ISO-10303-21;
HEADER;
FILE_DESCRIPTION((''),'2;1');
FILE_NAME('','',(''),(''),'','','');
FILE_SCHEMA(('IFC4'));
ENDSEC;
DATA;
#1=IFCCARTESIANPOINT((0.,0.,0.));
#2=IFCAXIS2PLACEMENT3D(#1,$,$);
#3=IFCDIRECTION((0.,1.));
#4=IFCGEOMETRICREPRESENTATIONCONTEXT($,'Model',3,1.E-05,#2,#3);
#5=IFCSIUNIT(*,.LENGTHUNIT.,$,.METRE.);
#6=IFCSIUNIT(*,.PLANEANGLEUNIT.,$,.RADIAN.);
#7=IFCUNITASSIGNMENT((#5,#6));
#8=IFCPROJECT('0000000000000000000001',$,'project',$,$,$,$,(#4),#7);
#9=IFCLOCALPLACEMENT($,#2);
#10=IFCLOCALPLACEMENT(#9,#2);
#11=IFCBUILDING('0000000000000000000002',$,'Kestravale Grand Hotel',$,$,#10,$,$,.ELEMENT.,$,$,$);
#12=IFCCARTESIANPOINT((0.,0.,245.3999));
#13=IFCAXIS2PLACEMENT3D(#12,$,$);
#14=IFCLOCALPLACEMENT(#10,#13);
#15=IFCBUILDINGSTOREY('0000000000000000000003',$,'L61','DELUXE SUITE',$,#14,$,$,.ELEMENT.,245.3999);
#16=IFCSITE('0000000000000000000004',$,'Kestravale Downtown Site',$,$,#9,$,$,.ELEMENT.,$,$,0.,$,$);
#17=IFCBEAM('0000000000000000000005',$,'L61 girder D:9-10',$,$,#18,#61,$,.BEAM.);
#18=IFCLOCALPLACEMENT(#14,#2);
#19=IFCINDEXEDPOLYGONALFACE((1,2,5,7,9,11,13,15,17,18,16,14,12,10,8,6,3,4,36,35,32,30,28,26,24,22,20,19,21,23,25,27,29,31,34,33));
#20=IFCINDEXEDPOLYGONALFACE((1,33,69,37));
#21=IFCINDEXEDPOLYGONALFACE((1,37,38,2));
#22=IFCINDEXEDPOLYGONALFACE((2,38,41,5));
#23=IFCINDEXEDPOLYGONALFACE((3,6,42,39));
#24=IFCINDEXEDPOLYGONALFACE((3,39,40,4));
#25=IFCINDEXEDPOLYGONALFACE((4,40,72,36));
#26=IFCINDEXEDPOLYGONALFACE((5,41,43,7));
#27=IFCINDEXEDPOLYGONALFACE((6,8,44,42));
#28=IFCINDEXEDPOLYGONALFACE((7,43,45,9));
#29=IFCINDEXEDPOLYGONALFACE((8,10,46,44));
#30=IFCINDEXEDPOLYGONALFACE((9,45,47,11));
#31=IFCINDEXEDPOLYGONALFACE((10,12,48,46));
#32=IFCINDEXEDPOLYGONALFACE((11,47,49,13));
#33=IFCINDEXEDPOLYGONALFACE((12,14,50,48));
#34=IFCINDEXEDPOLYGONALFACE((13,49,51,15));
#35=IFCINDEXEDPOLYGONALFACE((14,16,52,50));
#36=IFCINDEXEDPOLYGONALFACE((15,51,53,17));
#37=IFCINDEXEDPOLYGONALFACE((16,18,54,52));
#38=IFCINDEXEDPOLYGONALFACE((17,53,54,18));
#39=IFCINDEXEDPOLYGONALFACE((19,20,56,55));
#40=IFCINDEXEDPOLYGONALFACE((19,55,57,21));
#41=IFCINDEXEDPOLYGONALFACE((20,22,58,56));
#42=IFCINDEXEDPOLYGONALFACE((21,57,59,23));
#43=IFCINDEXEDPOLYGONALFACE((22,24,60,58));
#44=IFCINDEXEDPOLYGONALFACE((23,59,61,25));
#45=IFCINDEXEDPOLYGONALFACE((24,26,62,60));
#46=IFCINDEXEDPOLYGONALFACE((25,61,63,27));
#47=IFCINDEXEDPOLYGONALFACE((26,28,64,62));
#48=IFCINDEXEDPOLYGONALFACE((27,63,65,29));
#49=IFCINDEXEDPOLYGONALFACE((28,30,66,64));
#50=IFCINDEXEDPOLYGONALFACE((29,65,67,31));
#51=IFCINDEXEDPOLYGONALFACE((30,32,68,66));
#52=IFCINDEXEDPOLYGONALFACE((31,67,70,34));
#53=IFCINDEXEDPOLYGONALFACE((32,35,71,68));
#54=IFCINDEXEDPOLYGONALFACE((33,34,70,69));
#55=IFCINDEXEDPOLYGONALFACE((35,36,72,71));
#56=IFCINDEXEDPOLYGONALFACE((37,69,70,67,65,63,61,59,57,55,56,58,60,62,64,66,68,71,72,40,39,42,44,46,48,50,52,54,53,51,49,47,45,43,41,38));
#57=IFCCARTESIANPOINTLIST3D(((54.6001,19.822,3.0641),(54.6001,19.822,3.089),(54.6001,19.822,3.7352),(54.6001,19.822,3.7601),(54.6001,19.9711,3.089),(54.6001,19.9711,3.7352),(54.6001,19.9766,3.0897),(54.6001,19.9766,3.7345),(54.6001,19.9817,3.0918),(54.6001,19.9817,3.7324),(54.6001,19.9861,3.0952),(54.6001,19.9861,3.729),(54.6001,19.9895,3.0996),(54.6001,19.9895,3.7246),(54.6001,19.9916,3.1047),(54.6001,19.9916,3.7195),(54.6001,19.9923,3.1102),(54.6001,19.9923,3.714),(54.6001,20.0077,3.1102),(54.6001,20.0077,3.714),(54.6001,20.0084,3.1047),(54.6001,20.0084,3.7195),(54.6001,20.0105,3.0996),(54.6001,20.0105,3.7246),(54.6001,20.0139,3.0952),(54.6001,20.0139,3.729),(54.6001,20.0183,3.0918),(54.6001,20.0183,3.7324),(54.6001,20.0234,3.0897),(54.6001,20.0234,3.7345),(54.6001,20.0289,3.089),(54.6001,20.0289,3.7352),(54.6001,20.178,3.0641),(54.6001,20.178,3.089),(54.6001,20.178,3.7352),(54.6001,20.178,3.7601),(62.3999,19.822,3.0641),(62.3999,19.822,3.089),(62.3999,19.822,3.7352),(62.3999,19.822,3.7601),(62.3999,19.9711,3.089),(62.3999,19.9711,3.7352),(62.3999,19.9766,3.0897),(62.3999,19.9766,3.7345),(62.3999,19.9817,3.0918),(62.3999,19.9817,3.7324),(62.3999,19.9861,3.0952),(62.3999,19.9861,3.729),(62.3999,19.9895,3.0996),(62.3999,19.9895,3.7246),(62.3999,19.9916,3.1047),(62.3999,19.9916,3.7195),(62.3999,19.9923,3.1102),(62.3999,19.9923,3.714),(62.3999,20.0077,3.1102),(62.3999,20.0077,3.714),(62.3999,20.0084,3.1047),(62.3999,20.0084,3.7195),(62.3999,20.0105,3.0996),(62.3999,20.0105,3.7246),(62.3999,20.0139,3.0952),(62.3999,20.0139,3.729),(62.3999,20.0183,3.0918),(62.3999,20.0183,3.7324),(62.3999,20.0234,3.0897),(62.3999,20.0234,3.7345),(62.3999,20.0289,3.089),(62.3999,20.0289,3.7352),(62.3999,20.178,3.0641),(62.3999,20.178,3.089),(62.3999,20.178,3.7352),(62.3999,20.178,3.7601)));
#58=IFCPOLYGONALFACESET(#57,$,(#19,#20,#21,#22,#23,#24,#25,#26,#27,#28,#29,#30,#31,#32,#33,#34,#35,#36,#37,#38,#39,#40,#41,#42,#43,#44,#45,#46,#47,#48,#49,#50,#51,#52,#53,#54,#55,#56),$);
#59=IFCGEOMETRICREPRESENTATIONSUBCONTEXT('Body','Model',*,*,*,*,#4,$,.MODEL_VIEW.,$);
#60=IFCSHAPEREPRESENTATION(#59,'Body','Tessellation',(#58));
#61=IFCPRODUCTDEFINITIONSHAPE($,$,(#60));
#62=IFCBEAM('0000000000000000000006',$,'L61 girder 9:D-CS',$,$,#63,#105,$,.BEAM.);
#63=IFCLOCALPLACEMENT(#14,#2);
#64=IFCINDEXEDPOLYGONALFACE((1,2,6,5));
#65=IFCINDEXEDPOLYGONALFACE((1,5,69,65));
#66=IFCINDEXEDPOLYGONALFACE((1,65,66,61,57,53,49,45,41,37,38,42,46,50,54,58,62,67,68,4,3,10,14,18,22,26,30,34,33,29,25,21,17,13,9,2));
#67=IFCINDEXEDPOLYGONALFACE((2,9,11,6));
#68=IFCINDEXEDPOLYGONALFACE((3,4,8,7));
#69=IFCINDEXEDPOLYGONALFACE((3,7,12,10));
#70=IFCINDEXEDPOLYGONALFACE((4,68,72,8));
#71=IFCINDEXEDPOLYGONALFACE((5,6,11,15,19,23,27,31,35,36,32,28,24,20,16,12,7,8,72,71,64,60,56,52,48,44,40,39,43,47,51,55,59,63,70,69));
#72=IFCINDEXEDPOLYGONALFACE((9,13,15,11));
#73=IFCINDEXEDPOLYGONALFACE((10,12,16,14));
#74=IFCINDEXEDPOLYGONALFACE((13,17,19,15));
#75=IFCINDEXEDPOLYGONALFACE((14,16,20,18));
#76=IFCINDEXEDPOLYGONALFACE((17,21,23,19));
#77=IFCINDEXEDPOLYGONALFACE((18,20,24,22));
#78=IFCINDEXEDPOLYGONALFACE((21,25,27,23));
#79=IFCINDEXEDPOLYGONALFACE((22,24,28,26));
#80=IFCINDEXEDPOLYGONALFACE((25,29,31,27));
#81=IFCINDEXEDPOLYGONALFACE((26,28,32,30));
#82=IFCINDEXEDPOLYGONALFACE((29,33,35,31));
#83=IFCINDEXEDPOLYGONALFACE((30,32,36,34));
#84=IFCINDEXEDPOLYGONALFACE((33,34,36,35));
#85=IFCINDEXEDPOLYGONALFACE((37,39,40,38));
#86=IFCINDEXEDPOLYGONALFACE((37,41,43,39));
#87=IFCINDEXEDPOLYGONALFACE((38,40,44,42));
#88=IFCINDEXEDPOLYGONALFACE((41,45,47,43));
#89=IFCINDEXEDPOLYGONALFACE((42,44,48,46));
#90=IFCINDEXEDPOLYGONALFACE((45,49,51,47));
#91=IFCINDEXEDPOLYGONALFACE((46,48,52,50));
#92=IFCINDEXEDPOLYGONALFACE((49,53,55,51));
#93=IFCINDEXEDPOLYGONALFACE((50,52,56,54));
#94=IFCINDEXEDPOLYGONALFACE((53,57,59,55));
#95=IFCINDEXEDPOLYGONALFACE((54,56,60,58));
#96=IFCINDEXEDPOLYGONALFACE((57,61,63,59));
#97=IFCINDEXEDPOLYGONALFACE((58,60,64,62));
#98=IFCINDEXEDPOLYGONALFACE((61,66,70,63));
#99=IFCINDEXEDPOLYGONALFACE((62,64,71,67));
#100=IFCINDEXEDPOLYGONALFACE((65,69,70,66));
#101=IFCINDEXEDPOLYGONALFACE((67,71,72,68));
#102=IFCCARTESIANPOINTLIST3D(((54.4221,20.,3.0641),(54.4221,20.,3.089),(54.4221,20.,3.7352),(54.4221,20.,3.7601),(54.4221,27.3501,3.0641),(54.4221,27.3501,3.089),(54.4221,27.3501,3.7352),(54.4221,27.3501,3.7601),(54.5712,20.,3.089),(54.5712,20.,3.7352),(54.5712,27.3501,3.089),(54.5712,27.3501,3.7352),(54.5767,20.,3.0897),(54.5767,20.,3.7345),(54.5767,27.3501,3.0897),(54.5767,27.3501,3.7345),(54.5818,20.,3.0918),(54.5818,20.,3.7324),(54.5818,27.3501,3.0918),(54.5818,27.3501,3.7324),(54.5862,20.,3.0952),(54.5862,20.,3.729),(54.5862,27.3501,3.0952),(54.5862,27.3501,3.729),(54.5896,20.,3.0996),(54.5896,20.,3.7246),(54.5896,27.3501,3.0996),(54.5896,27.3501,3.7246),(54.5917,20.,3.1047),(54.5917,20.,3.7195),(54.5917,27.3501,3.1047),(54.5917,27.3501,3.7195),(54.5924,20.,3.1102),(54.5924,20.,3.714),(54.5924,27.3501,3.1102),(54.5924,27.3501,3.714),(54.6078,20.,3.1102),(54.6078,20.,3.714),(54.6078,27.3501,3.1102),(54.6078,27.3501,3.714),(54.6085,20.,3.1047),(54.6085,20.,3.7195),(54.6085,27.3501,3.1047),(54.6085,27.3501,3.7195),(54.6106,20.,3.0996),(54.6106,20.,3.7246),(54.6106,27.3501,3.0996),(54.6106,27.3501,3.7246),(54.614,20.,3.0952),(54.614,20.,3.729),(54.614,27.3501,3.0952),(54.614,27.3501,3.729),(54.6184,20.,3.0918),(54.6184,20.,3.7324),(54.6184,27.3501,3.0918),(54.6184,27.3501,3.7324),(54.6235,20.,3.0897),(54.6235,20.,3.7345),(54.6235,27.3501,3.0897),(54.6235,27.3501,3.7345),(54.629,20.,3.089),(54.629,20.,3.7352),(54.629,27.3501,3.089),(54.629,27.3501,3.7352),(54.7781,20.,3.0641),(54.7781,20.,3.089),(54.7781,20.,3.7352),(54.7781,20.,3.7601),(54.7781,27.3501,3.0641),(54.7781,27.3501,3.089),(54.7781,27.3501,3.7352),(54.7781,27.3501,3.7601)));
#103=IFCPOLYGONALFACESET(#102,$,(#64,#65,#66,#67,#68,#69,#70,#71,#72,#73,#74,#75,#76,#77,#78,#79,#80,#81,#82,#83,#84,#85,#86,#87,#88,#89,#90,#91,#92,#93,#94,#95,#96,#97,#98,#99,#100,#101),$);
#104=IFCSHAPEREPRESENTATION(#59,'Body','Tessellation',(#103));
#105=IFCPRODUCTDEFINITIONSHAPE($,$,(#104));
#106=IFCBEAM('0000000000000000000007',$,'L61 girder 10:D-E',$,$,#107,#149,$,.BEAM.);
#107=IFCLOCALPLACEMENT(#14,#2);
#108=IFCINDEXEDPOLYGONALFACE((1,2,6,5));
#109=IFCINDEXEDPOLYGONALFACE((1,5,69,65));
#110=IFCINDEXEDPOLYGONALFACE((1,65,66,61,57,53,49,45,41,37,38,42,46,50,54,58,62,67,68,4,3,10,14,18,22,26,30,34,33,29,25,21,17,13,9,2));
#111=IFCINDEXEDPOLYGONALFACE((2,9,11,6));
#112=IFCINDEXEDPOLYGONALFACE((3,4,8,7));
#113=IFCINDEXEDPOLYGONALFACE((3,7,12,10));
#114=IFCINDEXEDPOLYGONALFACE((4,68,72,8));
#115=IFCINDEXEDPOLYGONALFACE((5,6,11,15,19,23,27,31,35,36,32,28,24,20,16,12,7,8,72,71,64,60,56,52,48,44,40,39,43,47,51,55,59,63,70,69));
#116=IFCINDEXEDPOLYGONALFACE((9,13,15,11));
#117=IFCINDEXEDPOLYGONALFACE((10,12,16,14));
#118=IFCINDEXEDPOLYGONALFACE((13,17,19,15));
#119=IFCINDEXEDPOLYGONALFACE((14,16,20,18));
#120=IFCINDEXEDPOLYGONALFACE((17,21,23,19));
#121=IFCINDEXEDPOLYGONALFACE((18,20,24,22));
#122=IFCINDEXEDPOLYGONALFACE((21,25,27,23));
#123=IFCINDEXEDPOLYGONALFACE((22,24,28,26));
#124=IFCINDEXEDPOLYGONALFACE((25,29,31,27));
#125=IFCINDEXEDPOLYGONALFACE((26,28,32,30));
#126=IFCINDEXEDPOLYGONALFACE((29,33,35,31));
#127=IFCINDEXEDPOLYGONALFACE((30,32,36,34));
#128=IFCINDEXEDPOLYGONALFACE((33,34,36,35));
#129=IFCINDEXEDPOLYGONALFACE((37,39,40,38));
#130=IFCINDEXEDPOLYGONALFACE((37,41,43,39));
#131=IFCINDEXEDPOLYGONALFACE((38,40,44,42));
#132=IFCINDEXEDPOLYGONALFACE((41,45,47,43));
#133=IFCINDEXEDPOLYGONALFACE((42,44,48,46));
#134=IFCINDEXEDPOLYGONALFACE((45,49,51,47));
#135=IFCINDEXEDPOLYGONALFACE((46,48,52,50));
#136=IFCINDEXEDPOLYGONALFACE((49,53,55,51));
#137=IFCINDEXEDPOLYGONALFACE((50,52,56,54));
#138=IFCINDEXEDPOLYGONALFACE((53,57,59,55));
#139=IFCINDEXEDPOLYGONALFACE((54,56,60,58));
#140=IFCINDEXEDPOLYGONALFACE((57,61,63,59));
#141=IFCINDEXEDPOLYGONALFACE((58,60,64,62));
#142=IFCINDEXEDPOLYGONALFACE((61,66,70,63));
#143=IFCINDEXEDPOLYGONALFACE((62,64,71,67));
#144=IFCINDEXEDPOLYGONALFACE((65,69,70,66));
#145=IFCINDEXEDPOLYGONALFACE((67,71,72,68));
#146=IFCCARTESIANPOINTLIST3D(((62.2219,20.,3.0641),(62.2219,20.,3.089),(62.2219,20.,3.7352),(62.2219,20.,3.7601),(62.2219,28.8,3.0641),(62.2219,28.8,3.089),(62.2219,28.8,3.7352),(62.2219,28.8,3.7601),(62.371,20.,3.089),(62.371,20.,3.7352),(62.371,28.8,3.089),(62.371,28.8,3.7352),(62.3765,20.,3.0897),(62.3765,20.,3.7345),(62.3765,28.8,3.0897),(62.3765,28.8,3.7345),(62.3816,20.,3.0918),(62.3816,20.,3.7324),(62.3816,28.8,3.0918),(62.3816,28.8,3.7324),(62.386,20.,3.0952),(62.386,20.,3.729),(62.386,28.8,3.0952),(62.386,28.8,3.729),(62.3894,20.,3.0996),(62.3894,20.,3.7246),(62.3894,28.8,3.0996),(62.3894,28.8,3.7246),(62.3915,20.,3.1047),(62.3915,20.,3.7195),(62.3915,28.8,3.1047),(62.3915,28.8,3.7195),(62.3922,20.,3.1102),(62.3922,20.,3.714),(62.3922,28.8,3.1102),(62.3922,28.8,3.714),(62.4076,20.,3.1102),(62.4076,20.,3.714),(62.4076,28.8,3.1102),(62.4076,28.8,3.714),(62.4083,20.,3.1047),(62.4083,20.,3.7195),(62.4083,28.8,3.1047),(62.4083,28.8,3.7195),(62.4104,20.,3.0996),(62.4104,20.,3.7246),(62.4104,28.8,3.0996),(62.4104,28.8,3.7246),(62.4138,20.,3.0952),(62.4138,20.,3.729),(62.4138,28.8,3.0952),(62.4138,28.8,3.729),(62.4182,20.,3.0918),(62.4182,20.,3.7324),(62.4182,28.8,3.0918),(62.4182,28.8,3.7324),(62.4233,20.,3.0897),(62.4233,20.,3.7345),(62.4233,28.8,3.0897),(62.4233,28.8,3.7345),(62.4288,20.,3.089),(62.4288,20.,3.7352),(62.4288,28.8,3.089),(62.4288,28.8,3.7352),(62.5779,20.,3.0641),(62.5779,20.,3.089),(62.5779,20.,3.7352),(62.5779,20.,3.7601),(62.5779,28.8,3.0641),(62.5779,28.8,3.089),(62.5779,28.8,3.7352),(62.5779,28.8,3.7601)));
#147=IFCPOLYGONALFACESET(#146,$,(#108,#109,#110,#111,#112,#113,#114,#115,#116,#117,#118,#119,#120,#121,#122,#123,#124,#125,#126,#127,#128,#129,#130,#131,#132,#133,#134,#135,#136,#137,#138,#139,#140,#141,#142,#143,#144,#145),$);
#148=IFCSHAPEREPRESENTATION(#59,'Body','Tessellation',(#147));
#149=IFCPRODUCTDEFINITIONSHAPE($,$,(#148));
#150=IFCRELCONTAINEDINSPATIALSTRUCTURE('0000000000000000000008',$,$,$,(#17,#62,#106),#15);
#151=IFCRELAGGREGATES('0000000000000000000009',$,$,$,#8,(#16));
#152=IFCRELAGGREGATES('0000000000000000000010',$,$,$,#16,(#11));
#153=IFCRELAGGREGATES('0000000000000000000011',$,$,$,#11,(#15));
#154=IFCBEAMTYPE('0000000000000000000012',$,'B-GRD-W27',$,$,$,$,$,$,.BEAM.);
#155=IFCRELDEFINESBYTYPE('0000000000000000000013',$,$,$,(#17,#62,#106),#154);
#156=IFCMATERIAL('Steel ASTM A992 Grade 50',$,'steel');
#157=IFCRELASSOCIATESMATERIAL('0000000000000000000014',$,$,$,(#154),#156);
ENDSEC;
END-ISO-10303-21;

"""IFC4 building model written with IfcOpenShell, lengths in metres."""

from ifc_helpers import new_model, si_unit, direction, frame, origin, origin_2d, place, context, subcontext, project, spatial, i_section, extrude, material, material_profile, profile_set, type_object, element, save


model = new_model("IFC4")

# Units and contexts
model_context = context("Model", 3, precision=1e-05, world=origin(), true_north=direction((0.0, 1.0)))
body_context = subcontext(model_context, "Body", "Model", "MODEL_VIEW")
ifc_project = project(units=[si_unit("LENGTHUNIT", "METRE"), si_unit("PLANEANGLEUNIT", "RADIAN")], contexts=[model_context])

# Site, building, storey
site_placement = place(None, origin())
site = spatial("IfcSite", under=ifc_project, at=site_placement, Name="Kestravale Downtown Site", CompositionType="ELEMENT", RefElevation=0.0)
building_placement = place(site_placement, origin())
building = spatial("IfcBuilding", under=site, at=building_placement, Name="Kestravale Grand Hotel", CompositionType="ELEMENT")
storey_placement = place(building_placement, frame((0.0, 0.0, 245.3999)))
storey = spatial("IfcBuildingStorey", under=building, at=storey_placement, Name="L61", Description="DELUXE SUITE", CompositionType="ELEMENT", Elevation=245.3999)

# Beams
ifc_material_1 = material(Name="Steel ASTM A992 Grade 50", Category="steel")
ifc_material_profile_1 = material_profile(ifc_material_1, i_section(OverallWidth=0.356, OverallDepth=0.696, WebThickness=0.0154, FlangeThickness=0.0249, FilletRadius=0.0212, at=origin_2d()))
ifc_profile_set_1 = profile_set([ifc_material_profile_1], Name="Steel ASTM A992 Grade 50")
beam_type_1 = type_object("IfcBeamType", Name="B-GRD-W27", PredefinedType="BEAM", material=ifc_profile_set_1)
beam_1_placement = place(storey_placement, frame((54.6001, 20.0, 3.4121), z_axis=(1.0, 0.0, 0.0), x_axis=(0.0, 1.0, 0.0)))
element("IfcBeam", 1, at=beam_1_placement, inside=storey, type_object=beam_type_1, Name="L61 girder D:9-10", PredefinedType="BEAM", context=body_context, shape_type="SweptSolid", body=[
    extrude(i_section(OverallWidth=0.356, OverallDepth=0.696, WebThickness=0.0154, FlangeThickness=0.0249, FilletRadius=0.0212, at=origin_2d()), origin(), (0.0, 0.0, 1.0), 7.7998),
])
beam_2_placement = place(storey_placement, frame((54.6001, 20.0, 3.4121), z_axis=(0.0, 1.0, 0.0), x_axis=(-1.0, 0.0, 0.0)))
element("IfcBeam", 2, at=beam_2_placement, inside=storey, type_object=beam_type_1, Name="L61 girder 9:D-CS", PredefinedType="BEAM", context=body_context, shape_type="SweptSolid", body=[
    extrude(i_section(OverallWidth=0.356, OverallDepth=0.696, WebThickness=0.0154, FlangeThickness=0.0249, FilletRadius=0.0212, at=origin_2d()), origin(), (0.0, 0.0, 1.0), 7.3501),
])
beam_3_placement = place(storey_placement, frame((62.3999, 20.0, 3.4121), z_axis=(0.0, 1.0, 0.0), x_axis=(-1.0, 0.0, 0.0)))
element("IfcBeam", 3, at=beam_3_placement, inside=storey, type_object=beam_type_1, Name="L61 girder 10:D-E", PredefinedType="BEAM", context=body_context, shape_type="SweptSolid", body=[
    extrude(i_section(OverallWidth=0.356, OverallDepth=0.696, WebThickness=0.0154, FlangeThickness=0.0249, FilletRadius=0.0212, at=origin_2d()), origin(), (0.0, 0.0, 1.0), 8.8),
])

save(model, "model.ifc")
